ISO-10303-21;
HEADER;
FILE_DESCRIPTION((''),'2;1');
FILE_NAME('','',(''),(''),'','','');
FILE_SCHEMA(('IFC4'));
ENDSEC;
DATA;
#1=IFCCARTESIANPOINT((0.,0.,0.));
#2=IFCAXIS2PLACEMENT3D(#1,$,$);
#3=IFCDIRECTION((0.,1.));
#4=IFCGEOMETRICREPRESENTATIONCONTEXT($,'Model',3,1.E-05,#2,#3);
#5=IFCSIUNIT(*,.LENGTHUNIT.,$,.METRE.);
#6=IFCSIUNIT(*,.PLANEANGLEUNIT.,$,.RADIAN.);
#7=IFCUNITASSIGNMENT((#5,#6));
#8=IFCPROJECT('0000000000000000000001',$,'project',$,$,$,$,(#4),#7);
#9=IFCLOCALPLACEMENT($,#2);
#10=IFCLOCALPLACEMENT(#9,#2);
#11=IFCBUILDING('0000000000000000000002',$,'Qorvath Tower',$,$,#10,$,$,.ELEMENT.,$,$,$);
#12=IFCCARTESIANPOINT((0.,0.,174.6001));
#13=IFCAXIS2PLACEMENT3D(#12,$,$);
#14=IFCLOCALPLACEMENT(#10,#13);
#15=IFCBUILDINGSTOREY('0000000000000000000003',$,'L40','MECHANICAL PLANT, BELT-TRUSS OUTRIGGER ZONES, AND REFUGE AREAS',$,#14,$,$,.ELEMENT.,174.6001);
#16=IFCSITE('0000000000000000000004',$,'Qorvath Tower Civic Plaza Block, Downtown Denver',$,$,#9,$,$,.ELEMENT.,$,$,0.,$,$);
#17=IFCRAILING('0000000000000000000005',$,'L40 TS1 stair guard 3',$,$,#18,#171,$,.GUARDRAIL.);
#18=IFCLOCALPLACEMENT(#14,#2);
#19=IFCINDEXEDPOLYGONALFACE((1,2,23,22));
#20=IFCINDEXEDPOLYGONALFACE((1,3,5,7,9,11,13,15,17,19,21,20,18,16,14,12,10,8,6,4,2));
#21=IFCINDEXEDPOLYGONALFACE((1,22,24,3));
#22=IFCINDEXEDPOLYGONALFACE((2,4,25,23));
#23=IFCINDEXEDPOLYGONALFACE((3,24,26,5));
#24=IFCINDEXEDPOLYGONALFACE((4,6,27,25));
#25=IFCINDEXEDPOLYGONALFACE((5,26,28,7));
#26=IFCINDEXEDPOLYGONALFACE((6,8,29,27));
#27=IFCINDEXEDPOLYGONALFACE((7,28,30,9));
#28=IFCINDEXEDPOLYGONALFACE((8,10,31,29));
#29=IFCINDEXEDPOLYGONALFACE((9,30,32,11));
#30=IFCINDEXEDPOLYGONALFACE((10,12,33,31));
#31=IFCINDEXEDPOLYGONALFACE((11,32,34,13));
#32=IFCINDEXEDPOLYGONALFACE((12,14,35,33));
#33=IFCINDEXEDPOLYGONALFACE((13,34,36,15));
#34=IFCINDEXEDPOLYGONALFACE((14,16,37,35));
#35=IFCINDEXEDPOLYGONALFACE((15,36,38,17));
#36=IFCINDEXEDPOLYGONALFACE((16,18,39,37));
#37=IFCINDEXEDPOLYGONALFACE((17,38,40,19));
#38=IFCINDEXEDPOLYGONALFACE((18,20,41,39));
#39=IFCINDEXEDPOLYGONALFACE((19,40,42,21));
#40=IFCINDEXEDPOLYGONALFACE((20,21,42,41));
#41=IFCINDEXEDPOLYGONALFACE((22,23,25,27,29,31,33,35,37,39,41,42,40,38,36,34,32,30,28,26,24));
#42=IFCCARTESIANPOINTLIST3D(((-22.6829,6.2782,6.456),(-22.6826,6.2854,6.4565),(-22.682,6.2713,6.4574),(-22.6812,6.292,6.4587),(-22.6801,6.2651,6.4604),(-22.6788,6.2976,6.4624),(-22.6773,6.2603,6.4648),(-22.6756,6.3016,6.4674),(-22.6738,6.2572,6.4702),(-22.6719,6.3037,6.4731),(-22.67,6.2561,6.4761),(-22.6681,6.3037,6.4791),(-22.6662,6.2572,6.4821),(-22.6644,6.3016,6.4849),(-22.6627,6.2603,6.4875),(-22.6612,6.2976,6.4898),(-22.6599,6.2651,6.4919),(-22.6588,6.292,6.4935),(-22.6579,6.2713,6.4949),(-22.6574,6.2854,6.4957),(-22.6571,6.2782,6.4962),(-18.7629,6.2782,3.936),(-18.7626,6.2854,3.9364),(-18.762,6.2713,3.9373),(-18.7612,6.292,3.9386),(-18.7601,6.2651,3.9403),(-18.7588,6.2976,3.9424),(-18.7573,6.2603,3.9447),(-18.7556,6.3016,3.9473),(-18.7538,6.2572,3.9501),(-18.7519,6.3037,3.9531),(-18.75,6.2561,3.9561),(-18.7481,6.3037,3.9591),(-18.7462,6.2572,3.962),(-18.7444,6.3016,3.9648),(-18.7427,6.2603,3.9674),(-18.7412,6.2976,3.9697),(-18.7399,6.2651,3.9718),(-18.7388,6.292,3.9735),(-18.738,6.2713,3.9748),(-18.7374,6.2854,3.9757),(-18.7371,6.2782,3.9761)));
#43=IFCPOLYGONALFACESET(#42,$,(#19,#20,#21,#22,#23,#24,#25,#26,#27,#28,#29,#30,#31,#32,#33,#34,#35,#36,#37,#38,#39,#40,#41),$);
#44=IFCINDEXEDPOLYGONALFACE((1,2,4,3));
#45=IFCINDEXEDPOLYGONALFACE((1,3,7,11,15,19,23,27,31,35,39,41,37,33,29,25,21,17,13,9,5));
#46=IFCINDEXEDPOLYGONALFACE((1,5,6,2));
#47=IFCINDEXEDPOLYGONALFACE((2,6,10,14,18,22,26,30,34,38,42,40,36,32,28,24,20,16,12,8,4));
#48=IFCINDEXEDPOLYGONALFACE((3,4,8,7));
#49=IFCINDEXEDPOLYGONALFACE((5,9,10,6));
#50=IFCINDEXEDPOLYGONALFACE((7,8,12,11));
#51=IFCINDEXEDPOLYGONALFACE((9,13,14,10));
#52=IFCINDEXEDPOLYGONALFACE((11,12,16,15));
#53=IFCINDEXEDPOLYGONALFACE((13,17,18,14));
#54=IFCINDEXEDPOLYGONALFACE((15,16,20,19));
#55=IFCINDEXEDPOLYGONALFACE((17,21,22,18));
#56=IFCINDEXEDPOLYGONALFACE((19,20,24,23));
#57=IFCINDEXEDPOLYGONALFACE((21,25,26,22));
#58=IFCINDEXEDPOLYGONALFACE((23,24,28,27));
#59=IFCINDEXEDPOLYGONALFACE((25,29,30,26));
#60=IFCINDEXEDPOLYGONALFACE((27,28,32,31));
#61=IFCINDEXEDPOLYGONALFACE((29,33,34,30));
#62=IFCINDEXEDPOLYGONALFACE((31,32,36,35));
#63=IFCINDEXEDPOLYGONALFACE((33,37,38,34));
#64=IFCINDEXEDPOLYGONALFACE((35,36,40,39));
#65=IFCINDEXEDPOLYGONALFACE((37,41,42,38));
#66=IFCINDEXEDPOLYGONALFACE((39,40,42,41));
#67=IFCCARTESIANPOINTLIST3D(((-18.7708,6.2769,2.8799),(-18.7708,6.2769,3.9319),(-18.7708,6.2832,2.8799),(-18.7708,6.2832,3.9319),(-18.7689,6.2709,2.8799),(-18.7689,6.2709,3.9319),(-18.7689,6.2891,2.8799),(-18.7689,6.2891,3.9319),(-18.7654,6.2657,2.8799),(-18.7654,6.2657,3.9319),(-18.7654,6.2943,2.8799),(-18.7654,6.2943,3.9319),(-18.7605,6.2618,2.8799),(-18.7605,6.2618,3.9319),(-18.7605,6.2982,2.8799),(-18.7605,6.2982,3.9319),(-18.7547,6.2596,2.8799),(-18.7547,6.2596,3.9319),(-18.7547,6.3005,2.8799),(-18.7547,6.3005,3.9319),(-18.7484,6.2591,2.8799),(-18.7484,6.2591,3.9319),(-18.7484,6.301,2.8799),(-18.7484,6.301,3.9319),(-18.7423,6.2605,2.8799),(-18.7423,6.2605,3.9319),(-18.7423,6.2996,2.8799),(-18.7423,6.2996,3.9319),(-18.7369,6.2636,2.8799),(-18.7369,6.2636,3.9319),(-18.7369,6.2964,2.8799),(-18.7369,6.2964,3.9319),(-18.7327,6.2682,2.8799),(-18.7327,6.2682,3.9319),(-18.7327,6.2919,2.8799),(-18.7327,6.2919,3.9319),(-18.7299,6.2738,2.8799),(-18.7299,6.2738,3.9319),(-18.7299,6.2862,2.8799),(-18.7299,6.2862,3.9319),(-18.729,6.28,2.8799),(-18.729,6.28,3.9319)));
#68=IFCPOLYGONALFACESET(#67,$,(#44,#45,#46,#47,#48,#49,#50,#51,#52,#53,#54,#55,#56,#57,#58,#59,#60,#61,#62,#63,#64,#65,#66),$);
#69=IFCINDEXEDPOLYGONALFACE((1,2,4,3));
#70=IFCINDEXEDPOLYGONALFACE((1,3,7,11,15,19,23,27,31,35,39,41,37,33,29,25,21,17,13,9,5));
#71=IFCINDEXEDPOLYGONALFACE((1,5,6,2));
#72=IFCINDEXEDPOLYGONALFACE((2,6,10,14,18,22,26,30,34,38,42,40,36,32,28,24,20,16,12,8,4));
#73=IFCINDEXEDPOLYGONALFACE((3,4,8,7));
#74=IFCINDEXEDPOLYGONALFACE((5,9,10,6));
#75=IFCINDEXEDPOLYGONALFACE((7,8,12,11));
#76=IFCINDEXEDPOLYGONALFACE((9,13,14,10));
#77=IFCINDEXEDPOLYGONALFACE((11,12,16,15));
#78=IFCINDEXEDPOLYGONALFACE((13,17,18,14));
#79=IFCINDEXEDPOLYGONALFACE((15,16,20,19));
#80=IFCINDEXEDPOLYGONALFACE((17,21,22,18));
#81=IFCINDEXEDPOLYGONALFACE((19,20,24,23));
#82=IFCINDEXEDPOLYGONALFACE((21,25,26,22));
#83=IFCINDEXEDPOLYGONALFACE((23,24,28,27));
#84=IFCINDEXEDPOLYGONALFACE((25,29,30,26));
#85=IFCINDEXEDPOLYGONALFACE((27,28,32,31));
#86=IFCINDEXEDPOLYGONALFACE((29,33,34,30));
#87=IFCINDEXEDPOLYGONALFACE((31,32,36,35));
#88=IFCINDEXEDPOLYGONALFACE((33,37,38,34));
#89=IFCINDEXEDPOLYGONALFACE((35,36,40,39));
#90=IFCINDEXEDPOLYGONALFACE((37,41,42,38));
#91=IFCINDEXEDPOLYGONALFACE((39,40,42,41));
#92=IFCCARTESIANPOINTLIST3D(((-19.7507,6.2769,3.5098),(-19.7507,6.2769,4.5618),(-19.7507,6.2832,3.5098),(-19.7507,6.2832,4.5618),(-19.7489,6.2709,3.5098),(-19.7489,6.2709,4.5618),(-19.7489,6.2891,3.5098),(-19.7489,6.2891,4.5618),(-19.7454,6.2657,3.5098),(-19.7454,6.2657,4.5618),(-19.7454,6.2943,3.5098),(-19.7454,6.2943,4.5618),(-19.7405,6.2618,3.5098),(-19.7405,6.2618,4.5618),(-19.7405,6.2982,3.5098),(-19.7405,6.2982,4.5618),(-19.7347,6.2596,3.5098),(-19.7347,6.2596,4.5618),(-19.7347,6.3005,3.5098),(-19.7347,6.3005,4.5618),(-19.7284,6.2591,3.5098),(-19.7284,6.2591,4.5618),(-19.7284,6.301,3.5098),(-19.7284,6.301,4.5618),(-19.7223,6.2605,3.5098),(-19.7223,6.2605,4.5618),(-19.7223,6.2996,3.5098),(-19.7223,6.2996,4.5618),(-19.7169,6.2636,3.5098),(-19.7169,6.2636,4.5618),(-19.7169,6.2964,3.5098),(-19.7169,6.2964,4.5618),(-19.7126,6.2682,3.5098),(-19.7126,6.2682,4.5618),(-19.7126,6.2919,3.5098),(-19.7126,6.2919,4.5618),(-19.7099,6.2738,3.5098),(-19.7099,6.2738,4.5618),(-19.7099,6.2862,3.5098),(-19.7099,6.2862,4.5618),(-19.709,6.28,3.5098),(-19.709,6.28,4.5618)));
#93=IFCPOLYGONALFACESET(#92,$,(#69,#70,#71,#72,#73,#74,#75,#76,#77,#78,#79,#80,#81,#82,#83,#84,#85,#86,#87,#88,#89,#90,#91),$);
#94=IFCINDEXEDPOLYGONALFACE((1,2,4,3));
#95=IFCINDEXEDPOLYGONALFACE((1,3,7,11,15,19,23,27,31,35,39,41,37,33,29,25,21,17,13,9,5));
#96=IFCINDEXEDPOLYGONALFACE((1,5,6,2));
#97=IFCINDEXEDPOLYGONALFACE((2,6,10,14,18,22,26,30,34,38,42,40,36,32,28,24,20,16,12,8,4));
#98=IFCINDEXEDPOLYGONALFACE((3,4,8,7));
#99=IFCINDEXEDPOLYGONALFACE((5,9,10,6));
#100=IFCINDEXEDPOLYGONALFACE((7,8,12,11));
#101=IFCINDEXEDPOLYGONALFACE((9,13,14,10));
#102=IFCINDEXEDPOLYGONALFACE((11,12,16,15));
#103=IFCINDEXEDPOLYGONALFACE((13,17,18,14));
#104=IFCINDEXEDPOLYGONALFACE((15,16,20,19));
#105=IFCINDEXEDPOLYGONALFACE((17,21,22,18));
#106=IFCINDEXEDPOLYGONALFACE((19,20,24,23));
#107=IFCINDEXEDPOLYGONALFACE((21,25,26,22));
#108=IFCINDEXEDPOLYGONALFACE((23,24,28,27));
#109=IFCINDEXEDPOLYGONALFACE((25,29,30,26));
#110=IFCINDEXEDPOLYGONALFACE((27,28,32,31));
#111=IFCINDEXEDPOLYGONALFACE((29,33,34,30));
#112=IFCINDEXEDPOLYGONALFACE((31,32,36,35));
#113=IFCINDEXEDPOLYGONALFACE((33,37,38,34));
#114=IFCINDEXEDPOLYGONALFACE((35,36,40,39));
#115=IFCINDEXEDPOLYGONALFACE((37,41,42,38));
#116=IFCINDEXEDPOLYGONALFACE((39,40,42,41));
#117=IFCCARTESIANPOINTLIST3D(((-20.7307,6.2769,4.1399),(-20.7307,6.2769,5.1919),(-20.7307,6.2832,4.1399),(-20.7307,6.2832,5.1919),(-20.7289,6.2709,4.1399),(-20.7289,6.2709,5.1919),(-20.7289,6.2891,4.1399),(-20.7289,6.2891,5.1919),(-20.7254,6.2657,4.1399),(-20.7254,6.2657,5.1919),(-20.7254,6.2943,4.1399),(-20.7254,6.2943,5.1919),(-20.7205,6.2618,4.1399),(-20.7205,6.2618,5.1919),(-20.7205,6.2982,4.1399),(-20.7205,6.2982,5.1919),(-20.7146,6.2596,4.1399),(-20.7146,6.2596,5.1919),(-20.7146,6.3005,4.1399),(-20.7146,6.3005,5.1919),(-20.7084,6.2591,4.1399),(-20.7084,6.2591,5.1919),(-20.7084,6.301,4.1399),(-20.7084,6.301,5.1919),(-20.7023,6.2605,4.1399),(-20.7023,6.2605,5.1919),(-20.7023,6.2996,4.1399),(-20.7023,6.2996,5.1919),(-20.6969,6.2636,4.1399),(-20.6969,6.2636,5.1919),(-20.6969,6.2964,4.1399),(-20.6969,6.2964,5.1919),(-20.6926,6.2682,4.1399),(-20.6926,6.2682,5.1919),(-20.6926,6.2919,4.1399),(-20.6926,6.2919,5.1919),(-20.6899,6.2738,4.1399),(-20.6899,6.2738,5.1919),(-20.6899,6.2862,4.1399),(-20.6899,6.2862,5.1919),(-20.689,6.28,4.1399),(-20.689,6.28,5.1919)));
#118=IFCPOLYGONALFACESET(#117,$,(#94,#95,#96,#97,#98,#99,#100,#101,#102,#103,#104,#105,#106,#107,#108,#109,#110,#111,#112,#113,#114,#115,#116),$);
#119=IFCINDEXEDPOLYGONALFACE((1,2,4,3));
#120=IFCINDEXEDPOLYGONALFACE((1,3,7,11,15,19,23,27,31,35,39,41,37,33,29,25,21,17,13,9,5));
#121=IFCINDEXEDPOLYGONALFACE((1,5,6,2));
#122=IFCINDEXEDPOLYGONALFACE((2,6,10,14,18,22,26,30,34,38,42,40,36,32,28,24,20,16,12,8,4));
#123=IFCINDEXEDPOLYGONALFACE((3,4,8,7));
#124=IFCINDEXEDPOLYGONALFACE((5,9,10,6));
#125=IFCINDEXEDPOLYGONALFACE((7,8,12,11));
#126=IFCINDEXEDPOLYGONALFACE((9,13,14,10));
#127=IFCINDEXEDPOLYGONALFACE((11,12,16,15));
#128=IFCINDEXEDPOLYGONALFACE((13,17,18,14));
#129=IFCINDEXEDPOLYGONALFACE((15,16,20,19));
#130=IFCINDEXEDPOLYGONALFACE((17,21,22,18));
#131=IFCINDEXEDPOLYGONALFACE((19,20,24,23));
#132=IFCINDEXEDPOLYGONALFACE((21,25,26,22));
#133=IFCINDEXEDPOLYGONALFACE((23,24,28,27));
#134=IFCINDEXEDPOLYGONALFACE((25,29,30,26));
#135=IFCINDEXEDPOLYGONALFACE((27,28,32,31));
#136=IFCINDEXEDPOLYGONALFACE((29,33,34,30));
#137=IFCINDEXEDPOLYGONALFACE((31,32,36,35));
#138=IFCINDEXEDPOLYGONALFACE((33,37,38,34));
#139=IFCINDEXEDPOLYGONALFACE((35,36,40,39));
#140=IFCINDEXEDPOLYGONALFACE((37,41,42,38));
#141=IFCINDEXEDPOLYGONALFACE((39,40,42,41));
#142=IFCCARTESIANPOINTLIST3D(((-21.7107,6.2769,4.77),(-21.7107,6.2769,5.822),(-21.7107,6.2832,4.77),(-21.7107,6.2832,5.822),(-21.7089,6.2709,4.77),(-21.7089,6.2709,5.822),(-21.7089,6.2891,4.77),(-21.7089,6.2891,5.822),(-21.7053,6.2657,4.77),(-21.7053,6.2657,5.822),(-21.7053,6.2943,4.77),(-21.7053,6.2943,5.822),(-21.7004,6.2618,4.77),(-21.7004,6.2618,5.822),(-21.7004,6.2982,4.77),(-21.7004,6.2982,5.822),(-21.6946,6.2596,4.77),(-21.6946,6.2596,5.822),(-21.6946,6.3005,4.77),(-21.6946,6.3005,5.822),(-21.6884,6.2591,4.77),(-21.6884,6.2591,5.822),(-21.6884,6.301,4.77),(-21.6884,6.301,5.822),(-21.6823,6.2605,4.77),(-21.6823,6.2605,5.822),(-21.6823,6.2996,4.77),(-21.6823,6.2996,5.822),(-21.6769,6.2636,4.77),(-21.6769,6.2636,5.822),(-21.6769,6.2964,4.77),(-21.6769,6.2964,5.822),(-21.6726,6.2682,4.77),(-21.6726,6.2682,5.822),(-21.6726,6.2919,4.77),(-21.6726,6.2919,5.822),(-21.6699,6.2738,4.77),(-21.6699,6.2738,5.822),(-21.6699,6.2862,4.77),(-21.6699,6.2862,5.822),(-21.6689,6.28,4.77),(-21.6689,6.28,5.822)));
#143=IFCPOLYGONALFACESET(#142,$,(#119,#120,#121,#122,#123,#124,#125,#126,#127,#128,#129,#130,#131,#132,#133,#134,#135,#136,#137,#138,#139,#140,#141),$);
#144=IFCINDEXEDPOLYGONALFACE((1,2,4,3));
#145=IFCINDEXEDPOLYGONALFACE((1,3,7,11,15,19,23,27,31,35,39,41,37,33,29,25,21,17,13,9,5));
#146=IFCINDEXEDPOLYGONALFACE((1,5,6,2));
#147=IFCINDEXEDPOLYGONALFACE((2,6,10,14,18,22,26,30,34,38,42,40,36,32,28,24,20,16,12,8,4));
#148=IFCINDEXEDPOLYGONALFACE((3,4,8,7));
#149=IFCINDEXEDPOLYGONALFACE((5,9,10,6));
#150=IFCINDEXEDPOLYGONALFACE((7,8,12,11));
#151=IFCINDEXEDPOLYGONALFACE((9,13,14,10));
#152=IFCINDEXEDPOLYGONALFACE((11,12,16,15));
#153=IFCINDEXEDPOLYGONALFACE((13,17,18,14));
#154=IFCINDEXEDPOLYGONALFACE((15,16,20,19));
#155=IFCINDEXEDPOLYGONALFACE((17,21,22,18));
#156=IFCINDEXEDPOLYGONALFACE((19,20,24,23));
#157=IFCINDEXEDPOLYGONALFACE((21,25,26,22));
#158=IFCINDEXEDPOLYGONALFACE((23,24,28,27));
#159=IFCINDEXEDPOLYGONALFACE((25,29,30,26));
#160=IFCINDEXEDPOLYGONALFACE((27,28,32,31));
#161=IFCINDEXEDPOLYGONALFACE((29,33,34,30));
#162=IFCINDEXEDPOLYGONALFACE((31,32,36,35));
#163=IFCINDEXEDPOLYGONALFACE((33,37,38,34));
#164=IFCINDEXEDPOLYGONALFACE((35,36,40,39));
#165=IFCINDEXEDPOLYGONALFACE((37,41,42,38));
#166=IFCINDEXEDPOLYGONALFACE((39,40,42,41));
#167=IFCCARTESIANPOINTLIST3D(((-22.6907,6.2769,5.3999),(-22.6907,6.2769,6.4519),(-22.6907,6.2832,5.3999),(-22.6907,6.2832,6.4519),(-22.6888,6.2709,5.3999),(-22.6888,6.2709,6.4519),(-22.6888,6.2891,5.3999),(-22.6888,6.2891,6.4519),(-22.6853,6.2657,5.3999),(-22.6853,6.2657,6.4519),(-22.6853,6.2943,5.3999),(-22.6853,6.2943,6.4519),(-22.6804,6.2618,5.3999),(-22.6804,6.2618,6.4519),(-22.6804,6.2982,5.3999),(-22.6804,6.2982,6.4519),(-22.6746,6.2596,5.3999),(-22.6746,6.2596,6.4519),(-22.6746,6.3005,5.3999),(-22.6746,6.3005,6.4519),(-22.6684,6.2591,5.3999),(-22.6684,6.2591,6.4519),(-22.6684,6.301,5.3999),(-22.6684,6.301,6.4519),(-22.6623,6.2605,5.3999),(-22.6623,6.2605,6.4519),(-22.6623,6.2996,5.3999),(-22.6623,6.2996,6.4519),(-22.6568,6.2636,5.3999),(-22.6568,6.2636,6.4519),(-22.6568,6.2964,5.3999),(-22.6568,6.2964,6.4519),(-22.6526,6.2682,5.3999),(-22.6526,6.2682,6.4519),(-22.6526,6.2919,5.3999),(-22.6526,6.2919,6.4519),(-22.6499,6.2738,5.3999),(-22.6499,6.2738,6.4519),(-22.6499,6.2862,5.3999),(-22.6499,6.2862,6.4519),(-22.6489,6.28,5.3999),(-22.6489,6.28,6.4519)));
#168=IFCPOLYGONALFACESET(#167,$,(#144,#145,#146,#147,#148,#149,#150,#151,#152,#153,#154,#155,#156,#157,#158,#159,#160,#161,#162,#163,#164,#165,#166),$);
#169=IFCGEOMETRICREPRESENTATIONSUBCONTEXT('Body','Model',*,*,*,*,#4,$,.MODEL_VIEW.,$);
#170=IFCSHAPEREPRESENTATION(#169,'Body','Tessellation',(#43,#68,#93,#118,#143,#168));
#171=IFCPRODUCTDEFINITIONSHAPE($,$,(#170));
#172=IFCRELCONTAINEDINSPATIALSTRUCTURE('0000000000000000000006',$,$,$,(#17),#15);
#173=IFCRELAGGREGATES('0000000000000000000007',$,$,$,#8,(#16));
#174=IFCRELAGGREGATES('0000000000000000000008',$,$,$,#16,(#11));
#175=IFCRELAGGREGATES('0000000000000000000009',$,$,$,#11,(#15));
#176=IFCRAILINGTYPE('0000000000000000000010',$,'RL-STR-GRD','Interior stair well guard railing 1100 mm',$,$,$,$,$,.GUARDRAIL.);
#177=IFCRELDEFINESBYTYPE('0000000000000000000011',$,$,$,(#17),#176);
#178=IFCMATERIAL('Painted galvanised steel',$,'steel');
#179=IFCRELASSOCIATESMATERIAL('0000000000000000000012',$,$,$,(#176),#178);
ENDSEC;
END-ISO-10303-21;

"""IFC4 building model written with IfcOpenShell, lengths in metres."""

from ifc_helpers import new_model, si_unit, direction, frame, origin, origin_2d, place, context, subcontext, project, spatial, circle, extrude, material, type_object, element, save


model = new_model("IFC4")

# Units and contexts
model_context = context("Model", 3, precision=1e-05, world=origin(), true_north=direction((0.0, 1.0)))
body_context = subcontext(model_context, "Body", "Model", "MODEL_VIEW")
ifc_project = project(units=[si_unit("LENGTHUNIT", "METRE"), si_unit("PLANEANGLEUNIT", "RADIAN")], contexts=[model_context])

# Site, building, storey
site_placement = place(None, origin())
site = spatial("IfcSite", under=ifc_project, at=site_placement, Name="Qorvath Tower Civic Plaza Block, Downtown Denver", CompositionType="ELEMENT", RefElevation=0.0)
building_placement = place(site_placement, origin())
building = spatial("IfcBuilding", under=site, at=building_placement, Name="Qorvath Tower", CompositionType="ELEMENT")
storey_placement = place(building_placement, frame((0.0, 0.0, 174.6001)))
storey = spatial("IfcBuildingStorey", under=building, at=storey_placement, Name="L40", Description="MECHANICAL PLANT, BELT-TRUSS OUTRIGGER ZONES, AND REFUGE AREAS", CompositionType="ELEMENT", Elevation=174.6001)

# Railing
ifc_material_1 = material(Name="Painted galvanised steel", Category="steel")
railing_type_1 = type_object("IfcRailingType", Name="RL-STR-GRD", Description="Interior stair well guard railing 1100 mm", PredefinedType="GUARDRAIL", material=ifc_material_1)
railing_1_placement = place(storey_placement, frame((-18.75, 6.28, 2.8799)))
element("IfcRailing", 1, at=railing_1_placement, inside=storey, type_object=railing_type_1, Name="L40 TS1 stair guard 3", PredefinedType="GUARDRAIL", context=body_context, shape_type="SweptSolid", body=[
    extrude(circle(Radius=0.0239, at=origin_2d()), frame((0.0, 0.0, 1.0762), z_axis=(-0.841172, 0.0, 0.540768), x_axis=(0.0, -1.0, 0.0)), (0.0, 0.0, 1.0), 4.6602),
    extrude(circle(Radius=0.021, at=origin_2d()), origin(), (0.0, 0.0, 1.0), 1.052),
    extrude(circle(Radius=0.021, at=origin_2d()), frame((-0.98, 0.0, 0.6299)), (0.0, 0.0, 1.0), 1.052),
    extrude(circle(Radius=0.021, at=origin_2d()), frame((-1.96, 0.0, 1.26)), (0.0, 0.0, 1.0), 1.052),
    extrude(circle(Radius=0.021, at=origin_2d()), frame((-2.9399, 0.0, 1.8901)), (0.0, 0.0, 1.0), 1.052),
    extrude(circle(Radius=0.021, at=origin_2d()), frame((-3.9199, 0.0, 2.52)), (0.0, 0.0, 1.0), 1.052),
])

save(model, "model.ifc")
